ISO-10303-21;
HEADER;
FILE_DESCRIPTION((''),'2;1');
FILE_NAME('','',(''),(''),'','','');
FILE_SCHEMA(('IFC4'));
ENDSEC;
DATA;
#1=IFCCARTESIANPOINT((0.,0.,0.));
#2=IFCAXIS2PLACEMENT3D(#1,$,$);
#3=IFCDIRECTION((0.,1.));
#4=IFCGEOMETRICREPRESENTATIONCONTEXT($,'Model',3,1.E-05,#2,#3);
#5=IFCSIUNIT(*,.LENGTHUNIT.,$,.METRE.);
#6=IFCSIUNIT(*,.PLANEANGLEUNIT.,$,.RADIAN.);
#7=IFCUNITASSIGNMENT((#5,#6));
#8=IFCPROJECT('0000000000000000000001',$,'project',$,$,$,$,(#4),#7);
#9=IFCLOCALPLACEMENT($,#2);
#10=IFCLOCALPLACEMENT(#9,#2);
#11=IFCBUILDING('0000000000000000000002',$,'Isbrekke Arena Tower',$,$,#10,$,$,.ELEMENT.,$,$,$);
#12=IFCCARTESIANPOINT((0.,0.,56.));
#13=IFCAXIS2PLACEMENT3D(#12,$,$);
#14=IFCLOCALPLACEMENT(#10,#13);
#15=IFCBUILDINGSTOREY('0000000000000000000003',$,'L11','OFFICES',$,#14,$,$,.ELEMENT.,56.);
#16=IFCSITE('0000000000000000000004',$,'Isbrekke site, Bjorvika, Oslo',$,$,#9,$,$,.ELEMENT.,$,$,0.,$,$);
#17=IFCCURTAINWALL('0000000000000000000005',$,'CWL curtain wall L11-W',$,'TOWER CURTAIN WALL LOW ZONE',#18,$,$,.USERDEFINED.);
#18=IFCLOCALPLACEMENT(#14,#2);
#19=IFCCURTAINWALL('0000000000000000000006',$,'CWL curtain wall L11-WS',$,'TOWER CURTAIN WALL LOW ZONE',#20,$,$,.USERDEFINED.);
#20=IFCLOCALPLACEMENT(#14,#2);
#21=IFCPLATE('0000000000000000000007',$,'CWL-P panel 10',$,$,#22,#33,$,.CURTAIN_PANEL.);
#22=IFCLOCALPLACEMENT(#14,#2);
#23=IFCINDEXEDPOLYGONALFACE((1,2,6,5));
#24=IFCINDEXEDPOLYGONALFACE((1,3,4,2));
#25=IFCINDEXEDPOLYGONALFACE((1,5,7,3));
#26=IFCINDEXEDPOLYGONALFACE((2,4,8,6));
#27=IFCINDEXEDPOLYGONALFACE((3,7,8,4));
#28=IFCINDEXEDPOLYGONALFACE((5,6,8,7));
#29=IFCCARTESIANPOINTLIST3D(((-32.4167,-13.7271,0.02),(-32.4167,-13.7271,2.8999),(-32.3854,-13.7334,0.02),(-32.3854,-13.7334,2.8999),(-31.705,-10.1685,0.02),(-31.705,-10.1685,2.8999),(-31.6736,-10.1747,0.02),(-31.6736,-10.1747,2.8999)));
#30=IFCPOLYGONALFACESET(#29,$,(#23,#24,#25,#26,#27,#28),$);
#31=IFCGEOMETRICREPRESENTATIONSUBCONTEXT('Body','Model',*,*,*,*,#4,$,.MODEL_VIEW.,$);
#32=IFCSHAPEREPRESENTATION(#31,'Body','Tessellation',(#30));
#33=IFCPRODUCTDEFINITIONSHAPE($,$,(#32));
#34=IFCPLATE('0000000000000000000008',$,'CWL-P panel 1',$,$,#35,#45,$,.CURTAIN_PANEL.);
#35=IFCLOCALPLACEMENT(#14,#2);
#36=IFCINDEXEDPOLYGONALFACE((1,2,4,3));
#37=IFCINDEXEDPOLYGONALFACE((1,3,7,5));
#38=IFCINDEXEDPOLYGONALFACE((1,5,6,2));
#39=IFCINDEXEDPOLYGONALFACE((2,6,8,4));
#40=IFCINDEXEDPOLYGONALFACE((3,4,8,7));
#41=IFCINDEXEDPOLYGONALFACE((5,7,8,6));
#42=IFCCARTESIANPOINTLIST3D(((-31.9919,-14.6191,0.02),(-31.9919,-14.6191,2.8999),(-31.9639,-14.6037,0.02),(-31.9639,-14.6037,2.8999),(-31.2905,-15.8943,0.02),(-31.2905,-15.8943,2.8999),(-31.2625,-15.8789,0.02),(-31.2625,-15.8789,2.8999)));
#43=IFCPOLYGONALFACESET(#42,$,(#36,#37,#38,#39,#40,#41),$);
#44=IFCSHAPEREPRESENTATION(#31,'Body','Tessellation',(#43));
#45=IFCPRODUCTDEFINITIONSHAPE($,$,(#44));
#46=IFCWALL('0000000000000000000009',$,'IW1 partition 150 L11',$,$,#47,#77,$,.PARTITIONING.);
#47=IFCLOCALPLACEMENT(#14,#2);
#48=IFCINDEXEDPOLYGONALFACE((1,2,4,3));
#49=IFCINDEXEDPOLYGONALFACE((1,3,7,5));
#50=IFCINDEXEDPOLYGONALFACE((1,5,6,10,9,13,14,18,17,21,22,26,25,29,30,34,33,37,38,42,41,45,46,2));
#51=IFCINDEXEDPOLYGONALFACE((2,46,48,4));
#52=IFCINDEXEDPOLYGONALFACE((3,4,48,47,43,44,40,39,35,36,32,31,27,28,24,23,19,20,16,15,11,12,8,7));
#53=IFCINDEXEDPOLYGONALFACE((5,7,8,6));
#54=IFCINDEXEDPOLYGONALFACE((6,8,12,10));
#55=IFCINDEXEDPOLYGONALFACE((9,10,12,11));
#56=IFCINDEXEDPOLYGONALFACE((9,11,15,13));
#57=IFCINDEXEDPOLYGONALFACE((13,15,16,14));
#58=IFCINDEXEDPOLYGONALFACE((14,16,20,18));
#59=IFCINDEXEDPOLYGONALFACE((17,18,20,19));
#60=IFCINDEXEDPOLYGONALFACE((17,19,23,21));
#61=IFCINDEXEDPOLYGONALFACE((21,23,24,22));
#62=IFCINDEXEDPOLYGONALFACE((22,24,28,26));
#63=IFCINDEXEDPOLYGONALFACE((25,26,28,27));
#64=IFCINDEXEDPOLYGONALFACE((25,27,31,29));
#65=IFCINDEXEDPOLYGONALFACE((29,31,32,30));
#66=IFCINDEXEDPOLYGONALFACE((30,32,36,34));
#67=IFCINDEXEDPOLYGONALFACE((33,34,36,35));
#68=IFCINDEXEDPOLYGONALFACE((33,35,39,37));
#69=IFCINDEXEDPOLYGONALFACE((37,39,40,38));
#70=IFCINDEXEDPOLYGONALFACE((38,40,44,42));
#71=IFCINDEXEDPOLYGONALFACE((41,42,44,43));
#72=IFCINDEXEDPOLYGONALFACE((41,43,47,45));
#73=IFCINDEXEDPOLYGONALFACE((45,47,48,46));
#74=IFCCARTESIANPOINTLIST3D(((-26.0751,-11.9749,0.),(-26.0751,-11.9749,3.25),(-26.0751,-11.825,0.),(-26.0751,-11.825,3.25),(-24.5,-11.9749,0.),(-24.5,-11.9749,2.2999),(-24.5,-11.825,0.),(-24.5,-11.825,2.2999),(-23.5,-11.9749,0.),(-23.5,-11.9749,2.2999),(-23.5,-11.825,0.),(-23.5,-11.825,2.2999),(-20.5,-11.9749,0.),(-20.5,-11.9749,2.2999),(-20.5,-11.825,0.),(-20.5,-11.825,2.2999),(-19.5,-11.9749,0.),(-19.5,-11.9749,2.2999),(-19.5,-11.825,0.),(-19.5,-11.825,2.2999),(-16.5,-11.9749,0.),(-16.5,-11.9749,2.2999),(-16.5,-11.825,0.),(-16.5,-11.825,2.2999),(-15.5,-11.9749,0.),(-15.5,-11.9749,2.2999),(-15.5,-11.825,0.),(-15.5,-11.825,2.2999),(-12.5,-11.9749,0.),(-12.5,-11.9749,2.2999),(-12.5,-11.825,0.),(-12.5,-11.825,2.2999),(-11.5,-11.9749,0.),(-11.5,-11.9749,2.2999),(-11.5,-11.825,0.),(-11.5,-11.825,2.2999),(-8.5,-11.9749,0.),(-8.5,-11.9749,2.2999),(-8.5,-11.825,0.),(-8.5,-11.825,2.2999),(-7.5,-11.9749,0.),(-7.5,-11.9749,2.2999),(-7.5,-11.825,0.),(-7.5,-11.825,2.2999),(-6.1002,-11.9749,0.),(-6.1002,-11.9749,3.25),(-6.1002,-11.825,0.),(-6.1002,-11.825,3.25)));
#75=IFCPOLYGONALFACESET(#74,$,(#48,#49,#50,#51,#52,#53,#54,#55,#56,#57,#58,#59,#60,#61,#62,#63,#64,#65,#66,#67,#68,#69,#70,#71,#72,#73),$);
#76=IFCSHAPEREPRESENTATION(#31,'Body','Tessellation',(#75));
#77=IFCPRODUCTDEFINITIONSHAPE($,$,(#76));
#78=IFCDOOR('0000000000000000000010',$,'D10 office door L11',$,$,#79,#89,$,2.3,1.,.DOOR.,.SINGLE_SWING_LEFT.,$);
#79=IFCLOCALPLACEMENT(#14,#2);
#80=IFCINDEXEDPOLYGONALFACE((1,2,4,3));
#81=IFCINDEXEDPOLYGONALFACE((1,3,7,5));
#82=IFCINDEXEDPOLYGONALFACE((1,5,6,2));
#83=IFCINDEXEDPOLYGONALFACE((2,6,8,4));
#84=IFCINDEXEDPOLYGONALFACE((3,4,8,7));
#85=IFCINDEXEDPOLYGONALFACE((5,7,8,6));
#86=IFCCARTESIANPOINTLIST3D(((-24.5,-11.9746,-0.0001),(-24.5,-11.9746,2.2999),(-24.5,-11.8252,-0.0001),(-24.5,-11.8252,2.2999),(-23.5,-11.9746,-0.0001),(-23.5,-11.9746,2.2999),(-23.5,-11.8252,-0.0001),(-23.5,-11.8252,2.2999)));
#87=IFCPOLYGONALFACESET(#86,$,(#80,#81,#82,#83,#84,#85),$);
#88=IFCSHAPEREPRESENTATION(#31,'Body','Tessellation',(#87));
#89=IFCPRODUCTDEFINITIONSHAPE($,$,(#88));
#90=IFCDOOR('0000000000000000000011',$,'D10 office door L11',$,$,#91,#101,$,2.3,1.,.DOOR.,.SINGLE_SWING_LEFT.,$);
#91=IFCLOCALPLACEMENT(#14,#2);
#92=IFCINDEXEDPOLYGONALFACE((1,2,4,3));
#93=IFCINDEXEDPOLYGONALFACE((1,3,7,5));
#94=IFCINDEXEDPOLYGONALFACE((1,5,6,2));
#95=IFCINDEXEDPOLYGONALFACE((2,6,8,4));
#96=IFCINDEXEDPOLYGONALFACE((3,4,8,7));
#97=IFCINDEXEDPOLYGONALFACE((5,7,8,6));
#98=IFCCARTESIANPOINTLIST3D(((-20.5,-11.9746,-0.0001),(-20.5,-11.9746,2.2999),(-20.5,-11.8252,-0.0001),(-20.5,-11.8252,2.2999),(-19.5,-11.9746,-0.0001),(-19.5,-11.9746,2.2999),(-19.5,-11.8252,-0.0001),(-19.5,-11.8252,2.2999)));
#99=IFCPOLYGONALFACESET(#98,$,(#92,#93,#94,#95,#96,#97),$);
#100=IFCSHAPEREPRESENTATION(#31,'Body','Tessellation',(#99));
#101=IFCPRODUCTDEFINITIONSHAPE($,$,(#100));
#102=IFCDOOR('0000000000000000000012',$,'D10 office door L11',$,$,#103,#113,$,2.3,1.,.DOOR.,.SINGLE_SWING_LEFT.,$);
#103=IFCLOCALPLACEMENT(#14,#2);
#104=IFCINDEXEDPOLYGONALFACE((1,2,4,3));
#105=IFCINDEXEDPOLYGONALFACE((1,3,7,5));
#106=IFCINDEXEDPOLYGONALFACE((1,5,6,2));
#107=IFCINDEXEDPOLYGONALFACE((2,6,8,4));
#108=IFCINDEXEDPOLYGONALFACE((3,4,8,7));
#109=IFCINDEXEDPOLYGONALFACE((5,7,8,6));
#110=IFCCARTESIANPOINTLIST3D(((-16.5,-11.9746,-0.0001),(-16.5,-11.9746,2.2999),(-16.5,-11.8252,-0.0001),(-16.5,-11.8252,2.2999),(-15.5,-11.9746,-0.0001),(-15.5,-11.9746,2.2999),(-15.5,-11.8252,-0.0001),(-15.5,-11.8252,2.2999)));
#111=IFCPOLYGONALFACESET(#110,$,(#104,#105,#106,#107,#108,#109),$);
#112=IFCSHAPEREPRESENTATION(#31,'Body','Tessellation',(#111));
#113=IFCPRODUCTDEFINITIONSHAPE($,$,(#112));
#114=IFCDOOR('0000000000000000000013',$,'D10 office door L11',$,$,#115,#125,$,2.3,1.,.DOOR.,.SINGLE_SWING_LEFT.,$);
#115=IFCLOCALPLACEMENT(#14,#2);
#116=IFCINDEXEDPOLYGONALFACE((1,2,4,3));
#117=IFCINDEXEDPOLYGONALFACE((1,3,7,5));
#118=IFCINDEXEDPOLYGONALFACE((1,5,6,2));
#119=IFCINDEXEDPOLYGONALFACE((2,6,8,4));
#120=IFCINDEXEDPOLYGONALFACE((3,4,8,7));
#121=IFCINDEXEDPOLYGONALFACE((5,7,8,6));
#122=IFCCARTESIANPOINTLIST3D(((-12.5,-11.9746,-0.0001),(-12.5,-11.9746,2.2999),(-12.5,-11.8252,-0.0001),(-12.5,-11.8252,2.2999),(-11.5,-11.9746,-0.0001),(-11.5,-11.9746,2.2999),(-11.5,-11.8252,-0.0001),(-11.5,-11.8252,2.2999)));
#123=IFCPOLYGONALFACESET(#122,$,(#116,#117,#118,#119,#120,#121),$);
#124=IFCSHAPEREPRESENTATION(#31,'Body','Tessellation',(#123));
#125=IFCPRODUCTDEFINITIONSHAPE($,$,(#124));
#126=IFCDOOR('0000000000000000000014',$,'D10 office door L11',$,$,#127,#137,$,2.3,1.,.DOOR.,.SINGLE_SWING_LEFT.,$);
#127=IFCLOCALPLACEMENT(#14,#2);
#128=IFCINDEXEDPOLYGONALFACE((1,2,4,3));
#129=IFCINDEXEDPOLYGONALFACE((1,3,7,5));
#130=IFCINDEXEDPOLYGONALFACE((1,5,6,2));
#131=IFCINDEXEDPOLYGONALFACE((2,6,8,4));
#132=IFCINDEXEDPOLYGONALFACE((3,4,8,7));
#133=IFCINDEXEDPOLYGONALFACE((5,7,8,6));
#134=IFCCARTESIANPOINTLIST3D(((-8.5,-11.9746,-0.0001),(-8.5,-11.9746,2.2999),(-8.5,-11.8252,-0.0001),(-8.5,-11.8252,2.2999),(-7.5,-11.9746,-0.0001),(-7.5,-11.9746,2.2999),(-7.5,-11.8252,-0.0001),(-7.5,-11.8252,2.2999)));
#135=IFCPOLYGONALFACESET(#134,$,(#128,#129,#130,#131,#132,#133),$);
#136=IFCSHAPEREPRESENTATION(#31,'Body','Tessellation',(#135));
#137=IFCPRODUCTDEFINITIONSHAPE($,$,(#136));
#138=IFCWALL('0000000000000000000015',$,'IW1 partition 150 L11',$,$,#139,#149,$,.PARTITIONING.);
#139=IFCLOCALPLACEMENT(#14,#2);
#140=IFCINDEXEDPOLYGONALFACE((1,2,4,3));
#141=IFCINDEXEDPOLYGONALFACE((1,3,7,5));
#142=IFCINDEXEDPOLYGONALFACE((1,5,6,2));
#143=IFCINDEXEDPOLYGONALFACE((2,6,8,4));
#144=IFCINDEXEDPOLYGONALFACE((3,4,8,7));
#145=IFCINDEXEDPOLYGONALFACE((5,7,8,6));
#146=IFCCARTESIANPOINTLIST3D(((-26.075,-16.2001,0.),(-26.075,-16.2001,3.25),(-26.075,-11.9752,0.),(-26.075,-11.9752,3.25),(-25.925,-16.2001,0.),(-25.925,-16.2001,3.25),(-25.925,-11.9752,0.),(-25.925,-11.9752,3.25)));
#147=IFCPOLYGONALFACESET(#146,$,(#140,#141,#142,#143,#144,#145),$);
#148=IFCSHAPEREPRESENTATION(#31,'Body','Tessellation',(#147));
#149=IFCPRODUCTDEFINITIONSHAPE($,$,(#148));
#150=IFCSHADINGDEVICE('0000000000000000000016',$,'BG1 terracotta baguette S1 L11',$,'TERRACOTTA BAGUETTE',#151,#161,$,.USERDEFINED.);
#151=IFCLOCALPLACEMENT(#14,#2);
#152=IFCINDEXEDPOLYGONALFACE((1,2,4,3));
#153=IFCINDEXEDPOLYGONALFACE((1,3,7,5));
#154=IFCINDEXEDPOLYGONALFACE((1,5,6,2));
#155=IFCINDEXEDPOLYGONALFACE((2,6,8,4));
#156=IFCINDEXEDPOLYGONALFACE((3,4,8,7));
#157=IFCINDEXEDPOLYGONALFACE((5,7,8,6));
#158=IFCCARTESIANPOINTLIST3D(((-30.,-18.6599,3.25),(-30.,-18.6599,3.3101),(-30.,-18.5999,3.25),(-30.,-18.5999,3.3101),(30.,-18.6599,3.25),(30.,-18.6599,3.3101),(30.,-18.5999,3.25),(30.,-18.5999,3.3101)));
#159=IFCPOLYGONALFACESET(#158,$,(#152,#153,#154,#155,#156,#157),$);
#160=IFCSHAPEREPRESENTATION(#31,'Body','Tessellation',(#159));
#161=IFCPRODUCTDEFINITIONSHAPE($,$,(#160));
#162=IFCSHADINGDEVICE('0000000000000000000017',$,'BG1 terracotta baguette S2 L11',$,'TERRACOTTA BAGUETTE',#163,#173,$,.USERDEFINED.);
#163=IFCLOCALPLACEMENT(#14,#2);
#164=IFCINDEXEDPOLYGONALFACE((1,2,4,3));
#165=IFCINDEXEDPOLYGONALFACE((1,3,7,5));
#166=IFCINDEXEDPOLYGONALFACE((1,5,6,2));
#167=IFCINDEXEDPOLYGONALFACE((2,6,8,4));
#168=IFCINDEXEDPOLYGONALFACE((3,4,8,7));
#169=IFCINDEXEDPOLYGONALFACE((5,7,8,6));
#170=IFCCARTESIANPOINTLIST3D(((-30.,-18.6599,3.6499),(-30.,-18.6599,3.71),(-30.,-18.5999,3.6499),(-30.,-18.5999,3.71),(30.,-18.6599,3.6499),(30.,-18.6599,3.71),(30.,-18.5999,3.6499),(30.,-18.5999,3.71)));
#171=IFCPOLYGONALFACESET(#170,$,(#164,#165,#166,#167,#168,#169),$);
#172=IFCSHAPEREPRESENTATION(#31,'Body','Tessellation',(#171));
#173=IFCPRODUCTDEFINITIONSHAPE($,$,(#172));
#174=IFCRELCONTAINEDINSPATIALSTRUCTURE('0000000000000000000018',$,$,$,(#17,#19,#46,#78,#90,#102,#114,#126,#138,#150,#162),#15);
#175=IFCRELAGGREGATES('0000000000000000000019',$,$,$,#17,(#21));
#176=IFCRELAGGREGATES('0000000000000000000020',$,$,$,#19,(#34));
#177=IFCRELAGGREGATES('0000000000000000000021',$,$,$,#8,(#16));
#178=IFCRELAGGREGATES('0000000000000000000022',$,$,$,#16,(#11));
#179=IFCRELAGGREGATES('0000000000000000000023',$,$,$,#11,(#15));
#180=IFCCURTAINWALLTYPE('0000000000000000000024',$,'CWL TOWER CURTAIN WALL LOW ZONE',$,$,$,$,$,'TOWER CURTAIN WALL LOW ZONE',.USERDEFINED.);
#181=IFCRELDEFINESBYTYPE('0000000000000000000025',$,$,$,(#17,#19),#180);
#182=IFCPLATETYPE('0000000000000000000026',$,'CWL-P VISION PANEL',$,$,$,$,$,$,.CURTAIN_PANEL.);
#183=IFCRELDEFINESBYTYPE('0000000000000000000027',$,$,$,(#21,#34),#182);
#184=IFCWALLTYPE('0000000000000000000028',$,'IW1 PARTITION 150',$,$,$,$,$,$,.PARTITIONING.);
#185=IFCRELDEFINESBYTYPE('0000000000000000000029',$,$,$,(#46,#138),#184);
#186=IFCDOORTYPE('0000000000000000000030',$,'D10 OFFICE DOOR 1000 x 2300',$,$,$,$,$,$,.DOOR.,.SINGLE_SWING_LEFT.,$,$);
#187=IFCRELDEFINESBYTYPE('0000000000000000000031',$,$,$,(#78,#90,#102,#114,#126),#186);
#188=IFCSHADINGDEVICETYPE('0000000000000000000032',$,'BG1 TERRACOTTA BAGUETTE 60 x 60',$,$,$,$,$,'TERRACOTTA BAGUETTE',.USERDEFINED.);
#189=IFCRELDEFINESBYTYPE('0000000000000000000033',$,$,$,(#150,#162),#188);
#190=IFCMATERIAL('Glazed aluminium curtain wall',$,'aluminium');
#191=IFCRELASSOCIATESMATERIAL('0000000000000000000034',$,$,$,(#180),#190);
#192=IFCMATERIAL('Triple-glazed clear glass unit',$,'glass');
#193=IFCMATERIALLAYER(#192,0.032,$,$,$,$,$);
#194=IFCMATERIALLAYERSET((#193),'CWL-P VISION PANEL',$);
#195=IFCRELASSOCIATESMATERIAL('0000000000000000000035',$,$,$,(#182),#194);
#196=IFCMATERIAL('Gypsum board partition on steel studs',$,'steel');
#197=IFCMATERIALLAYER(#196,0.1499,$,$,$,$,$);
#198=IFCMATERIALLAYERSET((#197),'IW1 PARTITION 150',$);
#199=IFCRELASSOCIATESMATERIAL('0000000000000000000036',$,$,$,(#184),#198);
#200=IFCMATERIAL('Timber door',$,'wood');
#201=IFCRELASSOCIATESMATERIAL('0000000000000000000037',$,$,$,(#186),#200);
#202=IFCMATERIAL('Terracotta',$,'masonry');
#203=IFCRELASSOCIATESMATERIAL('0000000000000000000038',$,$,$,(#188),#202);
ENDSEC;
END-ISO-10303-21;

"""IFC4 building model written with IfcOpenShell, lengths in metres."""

from ifc_helpers import new_model, si_unit, direction, frame, frame_2d, origin, origin_2d, place, context, subcontext, project, spatial, rectangle, extrude, material, layer, layer_set, material_profile, profile_set, type_object, element, fill, aggregate, save


model = new_model("IFC4")

# Units and contexts
model_context = context("Model", 3, precision=1e-05, world=origin(), true_north=direction((0.0, 1.0)))
body_context = subcontext(model_context, "Body", "Model", "MODEL_VIEW")
ifc_project = project(units=[si_unit("LENGTHUNIT", "METRE"), si_unit("PLANEANGLEUNIT", "RADIAN")], contexts=[model_context])

# Site, building, storey
site_placement = place(None, origin())
site = spatial("IfcSite", under=ifc_project, at=site_placement, Name="Isbrekke site, Bjorvika, Oslo", CompositionType="ELEMENT", RefElevation=0.0)
building_placement = place(site_placement, origin())
building = spatial("IfcBuilding", under=site, at=building_placement, Name="Isbrekke Arena Tower", CompositionType="ELEMENT")
storey_placement = place(building_placement, frame((0.0, 0.0, 56.0)))
storey = spatial("IfcBuildingStorey", under=building, at=storey_placement, Name="L11", Description="OFFICES", CompositionType="ELEMENT", Elevation=56.0)

# Shared definitions
ifc_material_1 = material(Name="Glazed aluminium curtain wall", Category="aluminium")
curtain_wall_type = type_object("IfcCurtainWallType", Name="CWL TOWER CURTAIN WALL LOW ZONE", ElementType="TOWER CURTAIN WALL LOW ZONE", PredefinedType="USERDEFINED", material=ifc_material_1)

# Curtain wall
curtain_wall_1_placement = place(storey_placement, origin())
curtain_wall_1 = element("IfcCurtainWall", 1, at=curtain_wall_1_placement, inside=storey, type_object=curtain_wall_type, Name="CWL curtain wall L11-W", ObjectType="TOWER CURTAIN WALL LOW ZONE", PredefinedType="USERDEFINED")

# Curtain wall
curtain_wall_2_placement = place(storey_placement, origin())
curtain_wall_2 = element("IfcCurtainWall", 2, at=curtain_wall_2_placement, inside=storey, type_object=curtain_wall_type, Name="CWL curtain wall L11-WS", ObjectType="TOWER CURTAIN WALL LOW ZONE", PredefinedType="USERDEFINED")

# Plates
ifc_material_2 = material(Name="Triple-glazed clear glass unit", Category="glass")
ifc_layer_1 = layer(ifc_material_2, 0.032)
ifc_layer_set_1 = layer_set([ifc_layer_1], Name="CWL-P VISION PANEL")
plate_type = type_object("IfcPlateType", Name="CWL-P VISION PANEL", PredefinedType="CURTAIN_PANEL", material=ifc_layer_set_1)
plate_1_placement = place(storey_placement, frame((-32.0452, -11.9509, 0.02), z_axis=(0.0, 0.0, 1.0), x_axis=(-0.196116, -0.980581, 0.0)))
plate_1 = element("IfcPlate", 3, at=plate_1_placement, type_object=plate_type, Name="CWL-P panel 10", PredefinedType="CURTAIN_PANEL", context=body_context, shape_type="SweptSolid", body=[
    extrude(rectangle(XDim=3.6292, YDim=0.032, at=origin_2d()), origin(), (0.0, 0.0, 1.0), 2.8799),
])
aggregate(curtain_wall_1, [plate_1])
plate_2_placement = place(storey_placement, frame((-31.6272, -15.249, 0.02), z_axis=(0.0, 0.0, 1.0), x_axis=(0.481919, -0.876216, 0.0)))
plate_2 = element("IfcPlate", 4, at=plate_2_placement, type_object=plate_type, Name="CWL-P panel 1", PredefinedType="CURTAIN_PANEL", context=body_context, shape_type="SweptSolid", body=[
    extrude(rectangle(XDim=1.4553, YDim=0.032, at=origin_2d()), origin(), (0.0, 0.0, 1.0), 2.8799),
])
aggregate(curtain_wall_2, [plate_2])

# Wall, openings, doors
ifc_material_3 = material(Name="Gypsum board partition on steel studs", Category="steel")
ifc_layer_2 = layer(ifc_material_3, 0.1499)
ifc_layer_set_2 = layer_set([ifc_layer_2], Name="IW1 PARTITION 150")
wall_type = type_object("IfcWallType", Name="IW1 PARTITION 150", PredefinedType="PARTITIONING", material=ifc_layer_set_2)
wall_1_placement = place(storey_placement, frame((-26.075, -11.8999, 0.0), z_axis=(0.0, 0.0, 1.0), x_axis=(1.0, 0.0, 0.0)))
wall_1 = element("IfcWall", 5, at=wall_1_placement, inside=storey, type_object=wall_type, Name="IW1 partition 150 L11", PredefinedType="PARTITIONING", context=body_context, shape_type="SweptSolid", body=[
    extrude(rectangle(XDim=19.9749, YDim=0.1499, at=frame_2d((9.9873, 0.0))), origin(), (0.0, 0.0, 1.0), 3.25),
])
opening_1_placement = place(wall_1_placement, frame((1.575, 0.0, 0.0)))
opening_1 = element("IfcOpeningElement", 6, at=opening_1_placement, cuts=wall_1, PredefinedType="OPENING", context=body_context, shape_type="SweptSolid", body=[
    extrude(rectangle(XDim=1.0, YDim=2.3, at=frame_2d((0.5, 1.1499))), frame((0.0, 0.0898, 0.0), z_axis=(0.0, -1.0, 0.0), x_axis=(1.0, 0.0, 0.0)), (0.0, 0.0, 1.0), 0.1797),
])
opening_2_placement = place(wall_1_placement, frame((5.575, 0.0, 0.0)))
opening_2 = element("IfcOpeningElement", 7, at=opening_2_placement, cuts=wall_1, PredefinedType="OPENING", context=body_context, shape_type="SweptSolid", body=[
    extrude(rectangle(XDim=1.0, YDim=2.3, at=frame_2d((0.5, 1.1499))), frame((0.0, 0.0898, 0.0), z_axis=(0.0, -1.0, 0.0), x_axis=(1.0, 0.0, 0.0)), (0.0, 0.0, 1.0), 0.1797),
])
opening_3_placement = place(wall_1_placement, frame((9.575, 0.0, 0.0)))
opening_3 = element("IfcOpeningElement", 8, at=opening_3_placement, cuts=wall_1, PredefinedType="OPENING", context=body_context, shape_type="SweptSolid", body=[
    extrude(rectangle(XDim=1.0, YDim=2.3, at=frame_2d((0.5, 1.1499))), frame((0.0, 0.0898, 0.0), z_axis=(0.0, -1.0, 0.0), x_axis=(1.0, 0.0, 0.0)), (0.0, 0.0, 1.0), 0.1797),
])
opening_4_placement = place(wall_1_placement, frame((13.575, 0.0, 0.0)))
opening_4 = element("IfcOpeningElement", 9, at=opening_4_placement, cuts=wall_1, PredefinedType="OPENING", context=body_context, shape_type="SweptSolid", body=[
    extrude(rectangle(XDim=1.0, YDim=2.3, at=frame_2d((0.5, 1.1499))), frame((0.0, 0.0898, 0.0), z_axis=(0.0, -1.0, 0.0), x_axis=(1.0, 0.0, 0.0)), (0.0, 0.0, 1.0), 0.1797),
])
opening_5_placement = place(wall_1_placement, frame((17.575, 0.0, 0.0)))
opening_5 = element("IfcOpeningElement", 10, at=opening_5_placement, cuts=wall_1, PredefinedType="OPENING", context=body_context, shape_type="SweptSolid", body=[
    extrude(rectangle(XDim=1.0, YDim=2.3, at=frame_2d((0.5, 1.1499))), frame((0.0, 0.0898, 0.0), z_axis=(0.0, -1.0, 0.0), x_axis=(1.0, 0.0, 0.0)), (0.0, 0.0, 1.0), 0.1797),
])
ifc_material_4 = material(Name="Timber door", Category="wood")
door_type = type_object("IfcDoorType", Name="D10 OFFICE DOOR 1000 x 2300", OperationType="SINGLE_SWING_LEFT", PredefinedType="DOOR", material=ifc_material_4)
door_1_placement = place(opening_1_placement, origin())
door_1 = element("IfcDoor", 11, at=door_1_placement, inside=storey, type_object=door_type, Name="D10 office door L11", OperationType="SINGLE_SWING_LEFT", OverallHeight=2.3, OverallWidth=1.0, PredefinedType="DOOR", context=body_context, shape_type="SweptSolid", body=[
    extrude(rectangle(XDim=1.0, YDim=2.3, at=frame_2d((0.5, 1.1499))), frame((0.0, 0.0747, 0.0), z_axis=(0.0, -1.0, 0.0), x_axis=(1.0, 0.0, 0.0)), (0.0, 0.0, 1.0), 0.1494),
])
fill(opening_1, door_1)
door_2_placement = place(opening_2_placement, origin())
door_2 = element("IfcDoor", 12, at=door_2_placement, inside=storey, type_object=door_type, Name="D10 office door L11", OperationType="SINGLE_SWING_LEFT", OverallHeight=2.3, OverallWidth=1.0, PredefinedType="DOOR", context=body_context, shape_type="SweptSolid", body=[
    extrude(rectangle(XDim=1.0, YDim=2.3, at=frame_2d((0.5, 1.1499))), frame((0.0, 0.0747, 0.0), z_axis=(0.0, -1.0, 0.0), x_axis=(1.0, 0.0, 0.0)), (0.0, 0.0, 1.0), 0.1494),
])
fill(opening_2, door_2)
door_3_placement = place(opening_3_placement, origin())
door_3 = element("IfcDoor", 13, at=door_3_placement, inside=storey, type_object=door_type, Name="D10 office door L11", OperationType="SINGLE_SWING_LEFT", OverallHeight=2.3, OverallWidth=1.0, PredefinedType="DOOR", context=body_context, shape_type="SweptSolid", body=[
    extrude(rectangle(XDim=1.0, YDim=2.3, at=frame_2d((0.5, 1.1499))), frame((0.0, 0.0747, 0.0), z_axis=(0.0, -1.0, 0.0), x_axis=(1.0, 0.0, 0.0)), (0.0, 0.0, 1.0), 0.1494),
])
fill(opening_3, door_3)
door_4_placement = place(opening_4_placement, origin())
door_4 = element("IfcDoor", 14, at=door_4_placement, inside=storey, type_object=door_type, Name="D10 office door L11", OperationType="SINGLE_SWING_LEFT", OverallHeight=2.3, OverallWidth=1.0, PredefinedType="DOOR", context=body_context, shape_type="SweptSolid", body=[
    extrude(rectangle(XDim=1.0, YDim=2.3, at=frame_2d((0.5, 1.1499))), frame((0.0, 0.0747, 0.0), z_axis=(0.0, -1.0, 0.0), x_axis=(1.0, 0.0, 0.0)), (0.0, 0.0, 1.0), 0.1494),
])
fill(opening_4, door_4)
door_5_placement = place(opening_5_placement, origin())
door_5 = element("IfcDoor", 15, at=door_5_placement, inside=storey, type_object=door_type, Name="D10 office door L11", OperationType="SINGLE_SWING_LEFT", OverallHeight=2.3, OverallWidth=1.0, PredefinedType="DOOR", context=body_context, shape_type="SweptSolid", body=[
    extrude(rectangle(XDim=1.0, YDim=2.3, at=frame_2d((0.5, 1.1499))), frame((0.0, 0.0747, 0.0), z_axis=(0.0, -1.0, 0.0), x_axis=(1.0, 0.0, 0.0)), (0.0, 0.0, 1.0), 0.1494),
])
fill(opening_5, door_5)

# Wall
wall_2_placement = place(storey_placement, frame((-26.0, -16.2, 0.0), z_axis=(0.0, 0.0, 1.0), x_axis=(0.0, 1.0, 0.0)))
element("IfcWall", 16, at=wall_2_placement, inside=storey, type_object=wall_type, Name="IW1 partition 150 L11", PredefinedType="PARTITIONING", context=body_context, shape_type="SweptSolid", body=[
    extrude(rectangle(XDim=4.2249, YDim=0.1499, at=frame_2d((2.1123, 0.0))), origin(), (0.0, 0.0, 1.0), 3.25),
])

# Shading devices
ifc_material_5 = material(Name="Terracotta", Category="masonry")
ifc_material_profile_1 = material_profile(ifc_material_5, rectangle(XDim=0.0601, YDim=0.0601, at=origin_2d()), Name="BAGUETTE 60X60")
ifc_profile_set_1 = profile_set([ifc_material_profile_1], Name="Terracotta")
shading_device_type = type_object("IfcShadingDeviceType", Name="BG1 TERRACOTTA BAGUETTE 60 x 60", ElementType="TERRACOTTA BAGUETTE", PredefinedType="USERDEFINED", material=ifc_profile_set_1)
for number, where, z_axis, x_axis, name in (
    (17, (-30.0, -18.6299, 3.28), (1.0, 0.0, 0.0), (0.0, 1.0, 0.0), "BG1 terracotta baguette S1 L11"),
    (18, (-30.0, -18.6299, 3.6799), (1.0, 0.0, 0.0), (0.0, 1.0, 0.0), "BG1 terracotta baguette S2 L11"),
):
    element("IfcShadingDevice", number, at=place(storey_placement, frame(where, z_axis=z_axis, x_axis=x_axis)), inside=storey, type_object=shading_device_type, Name=name, ObjectType="TERRACOTTA BAGUETTE", PredefinedType="USERDEFINED", context=body_context, shape_type="SweptSolid", body=[
        extrude(rectangle(XDim=0.0601, YDim=0.0601, at=origin_2d()), origin(), (0.0, 0.0, 1.0), 60.0),
    ])

save(model, "model.ifc")
